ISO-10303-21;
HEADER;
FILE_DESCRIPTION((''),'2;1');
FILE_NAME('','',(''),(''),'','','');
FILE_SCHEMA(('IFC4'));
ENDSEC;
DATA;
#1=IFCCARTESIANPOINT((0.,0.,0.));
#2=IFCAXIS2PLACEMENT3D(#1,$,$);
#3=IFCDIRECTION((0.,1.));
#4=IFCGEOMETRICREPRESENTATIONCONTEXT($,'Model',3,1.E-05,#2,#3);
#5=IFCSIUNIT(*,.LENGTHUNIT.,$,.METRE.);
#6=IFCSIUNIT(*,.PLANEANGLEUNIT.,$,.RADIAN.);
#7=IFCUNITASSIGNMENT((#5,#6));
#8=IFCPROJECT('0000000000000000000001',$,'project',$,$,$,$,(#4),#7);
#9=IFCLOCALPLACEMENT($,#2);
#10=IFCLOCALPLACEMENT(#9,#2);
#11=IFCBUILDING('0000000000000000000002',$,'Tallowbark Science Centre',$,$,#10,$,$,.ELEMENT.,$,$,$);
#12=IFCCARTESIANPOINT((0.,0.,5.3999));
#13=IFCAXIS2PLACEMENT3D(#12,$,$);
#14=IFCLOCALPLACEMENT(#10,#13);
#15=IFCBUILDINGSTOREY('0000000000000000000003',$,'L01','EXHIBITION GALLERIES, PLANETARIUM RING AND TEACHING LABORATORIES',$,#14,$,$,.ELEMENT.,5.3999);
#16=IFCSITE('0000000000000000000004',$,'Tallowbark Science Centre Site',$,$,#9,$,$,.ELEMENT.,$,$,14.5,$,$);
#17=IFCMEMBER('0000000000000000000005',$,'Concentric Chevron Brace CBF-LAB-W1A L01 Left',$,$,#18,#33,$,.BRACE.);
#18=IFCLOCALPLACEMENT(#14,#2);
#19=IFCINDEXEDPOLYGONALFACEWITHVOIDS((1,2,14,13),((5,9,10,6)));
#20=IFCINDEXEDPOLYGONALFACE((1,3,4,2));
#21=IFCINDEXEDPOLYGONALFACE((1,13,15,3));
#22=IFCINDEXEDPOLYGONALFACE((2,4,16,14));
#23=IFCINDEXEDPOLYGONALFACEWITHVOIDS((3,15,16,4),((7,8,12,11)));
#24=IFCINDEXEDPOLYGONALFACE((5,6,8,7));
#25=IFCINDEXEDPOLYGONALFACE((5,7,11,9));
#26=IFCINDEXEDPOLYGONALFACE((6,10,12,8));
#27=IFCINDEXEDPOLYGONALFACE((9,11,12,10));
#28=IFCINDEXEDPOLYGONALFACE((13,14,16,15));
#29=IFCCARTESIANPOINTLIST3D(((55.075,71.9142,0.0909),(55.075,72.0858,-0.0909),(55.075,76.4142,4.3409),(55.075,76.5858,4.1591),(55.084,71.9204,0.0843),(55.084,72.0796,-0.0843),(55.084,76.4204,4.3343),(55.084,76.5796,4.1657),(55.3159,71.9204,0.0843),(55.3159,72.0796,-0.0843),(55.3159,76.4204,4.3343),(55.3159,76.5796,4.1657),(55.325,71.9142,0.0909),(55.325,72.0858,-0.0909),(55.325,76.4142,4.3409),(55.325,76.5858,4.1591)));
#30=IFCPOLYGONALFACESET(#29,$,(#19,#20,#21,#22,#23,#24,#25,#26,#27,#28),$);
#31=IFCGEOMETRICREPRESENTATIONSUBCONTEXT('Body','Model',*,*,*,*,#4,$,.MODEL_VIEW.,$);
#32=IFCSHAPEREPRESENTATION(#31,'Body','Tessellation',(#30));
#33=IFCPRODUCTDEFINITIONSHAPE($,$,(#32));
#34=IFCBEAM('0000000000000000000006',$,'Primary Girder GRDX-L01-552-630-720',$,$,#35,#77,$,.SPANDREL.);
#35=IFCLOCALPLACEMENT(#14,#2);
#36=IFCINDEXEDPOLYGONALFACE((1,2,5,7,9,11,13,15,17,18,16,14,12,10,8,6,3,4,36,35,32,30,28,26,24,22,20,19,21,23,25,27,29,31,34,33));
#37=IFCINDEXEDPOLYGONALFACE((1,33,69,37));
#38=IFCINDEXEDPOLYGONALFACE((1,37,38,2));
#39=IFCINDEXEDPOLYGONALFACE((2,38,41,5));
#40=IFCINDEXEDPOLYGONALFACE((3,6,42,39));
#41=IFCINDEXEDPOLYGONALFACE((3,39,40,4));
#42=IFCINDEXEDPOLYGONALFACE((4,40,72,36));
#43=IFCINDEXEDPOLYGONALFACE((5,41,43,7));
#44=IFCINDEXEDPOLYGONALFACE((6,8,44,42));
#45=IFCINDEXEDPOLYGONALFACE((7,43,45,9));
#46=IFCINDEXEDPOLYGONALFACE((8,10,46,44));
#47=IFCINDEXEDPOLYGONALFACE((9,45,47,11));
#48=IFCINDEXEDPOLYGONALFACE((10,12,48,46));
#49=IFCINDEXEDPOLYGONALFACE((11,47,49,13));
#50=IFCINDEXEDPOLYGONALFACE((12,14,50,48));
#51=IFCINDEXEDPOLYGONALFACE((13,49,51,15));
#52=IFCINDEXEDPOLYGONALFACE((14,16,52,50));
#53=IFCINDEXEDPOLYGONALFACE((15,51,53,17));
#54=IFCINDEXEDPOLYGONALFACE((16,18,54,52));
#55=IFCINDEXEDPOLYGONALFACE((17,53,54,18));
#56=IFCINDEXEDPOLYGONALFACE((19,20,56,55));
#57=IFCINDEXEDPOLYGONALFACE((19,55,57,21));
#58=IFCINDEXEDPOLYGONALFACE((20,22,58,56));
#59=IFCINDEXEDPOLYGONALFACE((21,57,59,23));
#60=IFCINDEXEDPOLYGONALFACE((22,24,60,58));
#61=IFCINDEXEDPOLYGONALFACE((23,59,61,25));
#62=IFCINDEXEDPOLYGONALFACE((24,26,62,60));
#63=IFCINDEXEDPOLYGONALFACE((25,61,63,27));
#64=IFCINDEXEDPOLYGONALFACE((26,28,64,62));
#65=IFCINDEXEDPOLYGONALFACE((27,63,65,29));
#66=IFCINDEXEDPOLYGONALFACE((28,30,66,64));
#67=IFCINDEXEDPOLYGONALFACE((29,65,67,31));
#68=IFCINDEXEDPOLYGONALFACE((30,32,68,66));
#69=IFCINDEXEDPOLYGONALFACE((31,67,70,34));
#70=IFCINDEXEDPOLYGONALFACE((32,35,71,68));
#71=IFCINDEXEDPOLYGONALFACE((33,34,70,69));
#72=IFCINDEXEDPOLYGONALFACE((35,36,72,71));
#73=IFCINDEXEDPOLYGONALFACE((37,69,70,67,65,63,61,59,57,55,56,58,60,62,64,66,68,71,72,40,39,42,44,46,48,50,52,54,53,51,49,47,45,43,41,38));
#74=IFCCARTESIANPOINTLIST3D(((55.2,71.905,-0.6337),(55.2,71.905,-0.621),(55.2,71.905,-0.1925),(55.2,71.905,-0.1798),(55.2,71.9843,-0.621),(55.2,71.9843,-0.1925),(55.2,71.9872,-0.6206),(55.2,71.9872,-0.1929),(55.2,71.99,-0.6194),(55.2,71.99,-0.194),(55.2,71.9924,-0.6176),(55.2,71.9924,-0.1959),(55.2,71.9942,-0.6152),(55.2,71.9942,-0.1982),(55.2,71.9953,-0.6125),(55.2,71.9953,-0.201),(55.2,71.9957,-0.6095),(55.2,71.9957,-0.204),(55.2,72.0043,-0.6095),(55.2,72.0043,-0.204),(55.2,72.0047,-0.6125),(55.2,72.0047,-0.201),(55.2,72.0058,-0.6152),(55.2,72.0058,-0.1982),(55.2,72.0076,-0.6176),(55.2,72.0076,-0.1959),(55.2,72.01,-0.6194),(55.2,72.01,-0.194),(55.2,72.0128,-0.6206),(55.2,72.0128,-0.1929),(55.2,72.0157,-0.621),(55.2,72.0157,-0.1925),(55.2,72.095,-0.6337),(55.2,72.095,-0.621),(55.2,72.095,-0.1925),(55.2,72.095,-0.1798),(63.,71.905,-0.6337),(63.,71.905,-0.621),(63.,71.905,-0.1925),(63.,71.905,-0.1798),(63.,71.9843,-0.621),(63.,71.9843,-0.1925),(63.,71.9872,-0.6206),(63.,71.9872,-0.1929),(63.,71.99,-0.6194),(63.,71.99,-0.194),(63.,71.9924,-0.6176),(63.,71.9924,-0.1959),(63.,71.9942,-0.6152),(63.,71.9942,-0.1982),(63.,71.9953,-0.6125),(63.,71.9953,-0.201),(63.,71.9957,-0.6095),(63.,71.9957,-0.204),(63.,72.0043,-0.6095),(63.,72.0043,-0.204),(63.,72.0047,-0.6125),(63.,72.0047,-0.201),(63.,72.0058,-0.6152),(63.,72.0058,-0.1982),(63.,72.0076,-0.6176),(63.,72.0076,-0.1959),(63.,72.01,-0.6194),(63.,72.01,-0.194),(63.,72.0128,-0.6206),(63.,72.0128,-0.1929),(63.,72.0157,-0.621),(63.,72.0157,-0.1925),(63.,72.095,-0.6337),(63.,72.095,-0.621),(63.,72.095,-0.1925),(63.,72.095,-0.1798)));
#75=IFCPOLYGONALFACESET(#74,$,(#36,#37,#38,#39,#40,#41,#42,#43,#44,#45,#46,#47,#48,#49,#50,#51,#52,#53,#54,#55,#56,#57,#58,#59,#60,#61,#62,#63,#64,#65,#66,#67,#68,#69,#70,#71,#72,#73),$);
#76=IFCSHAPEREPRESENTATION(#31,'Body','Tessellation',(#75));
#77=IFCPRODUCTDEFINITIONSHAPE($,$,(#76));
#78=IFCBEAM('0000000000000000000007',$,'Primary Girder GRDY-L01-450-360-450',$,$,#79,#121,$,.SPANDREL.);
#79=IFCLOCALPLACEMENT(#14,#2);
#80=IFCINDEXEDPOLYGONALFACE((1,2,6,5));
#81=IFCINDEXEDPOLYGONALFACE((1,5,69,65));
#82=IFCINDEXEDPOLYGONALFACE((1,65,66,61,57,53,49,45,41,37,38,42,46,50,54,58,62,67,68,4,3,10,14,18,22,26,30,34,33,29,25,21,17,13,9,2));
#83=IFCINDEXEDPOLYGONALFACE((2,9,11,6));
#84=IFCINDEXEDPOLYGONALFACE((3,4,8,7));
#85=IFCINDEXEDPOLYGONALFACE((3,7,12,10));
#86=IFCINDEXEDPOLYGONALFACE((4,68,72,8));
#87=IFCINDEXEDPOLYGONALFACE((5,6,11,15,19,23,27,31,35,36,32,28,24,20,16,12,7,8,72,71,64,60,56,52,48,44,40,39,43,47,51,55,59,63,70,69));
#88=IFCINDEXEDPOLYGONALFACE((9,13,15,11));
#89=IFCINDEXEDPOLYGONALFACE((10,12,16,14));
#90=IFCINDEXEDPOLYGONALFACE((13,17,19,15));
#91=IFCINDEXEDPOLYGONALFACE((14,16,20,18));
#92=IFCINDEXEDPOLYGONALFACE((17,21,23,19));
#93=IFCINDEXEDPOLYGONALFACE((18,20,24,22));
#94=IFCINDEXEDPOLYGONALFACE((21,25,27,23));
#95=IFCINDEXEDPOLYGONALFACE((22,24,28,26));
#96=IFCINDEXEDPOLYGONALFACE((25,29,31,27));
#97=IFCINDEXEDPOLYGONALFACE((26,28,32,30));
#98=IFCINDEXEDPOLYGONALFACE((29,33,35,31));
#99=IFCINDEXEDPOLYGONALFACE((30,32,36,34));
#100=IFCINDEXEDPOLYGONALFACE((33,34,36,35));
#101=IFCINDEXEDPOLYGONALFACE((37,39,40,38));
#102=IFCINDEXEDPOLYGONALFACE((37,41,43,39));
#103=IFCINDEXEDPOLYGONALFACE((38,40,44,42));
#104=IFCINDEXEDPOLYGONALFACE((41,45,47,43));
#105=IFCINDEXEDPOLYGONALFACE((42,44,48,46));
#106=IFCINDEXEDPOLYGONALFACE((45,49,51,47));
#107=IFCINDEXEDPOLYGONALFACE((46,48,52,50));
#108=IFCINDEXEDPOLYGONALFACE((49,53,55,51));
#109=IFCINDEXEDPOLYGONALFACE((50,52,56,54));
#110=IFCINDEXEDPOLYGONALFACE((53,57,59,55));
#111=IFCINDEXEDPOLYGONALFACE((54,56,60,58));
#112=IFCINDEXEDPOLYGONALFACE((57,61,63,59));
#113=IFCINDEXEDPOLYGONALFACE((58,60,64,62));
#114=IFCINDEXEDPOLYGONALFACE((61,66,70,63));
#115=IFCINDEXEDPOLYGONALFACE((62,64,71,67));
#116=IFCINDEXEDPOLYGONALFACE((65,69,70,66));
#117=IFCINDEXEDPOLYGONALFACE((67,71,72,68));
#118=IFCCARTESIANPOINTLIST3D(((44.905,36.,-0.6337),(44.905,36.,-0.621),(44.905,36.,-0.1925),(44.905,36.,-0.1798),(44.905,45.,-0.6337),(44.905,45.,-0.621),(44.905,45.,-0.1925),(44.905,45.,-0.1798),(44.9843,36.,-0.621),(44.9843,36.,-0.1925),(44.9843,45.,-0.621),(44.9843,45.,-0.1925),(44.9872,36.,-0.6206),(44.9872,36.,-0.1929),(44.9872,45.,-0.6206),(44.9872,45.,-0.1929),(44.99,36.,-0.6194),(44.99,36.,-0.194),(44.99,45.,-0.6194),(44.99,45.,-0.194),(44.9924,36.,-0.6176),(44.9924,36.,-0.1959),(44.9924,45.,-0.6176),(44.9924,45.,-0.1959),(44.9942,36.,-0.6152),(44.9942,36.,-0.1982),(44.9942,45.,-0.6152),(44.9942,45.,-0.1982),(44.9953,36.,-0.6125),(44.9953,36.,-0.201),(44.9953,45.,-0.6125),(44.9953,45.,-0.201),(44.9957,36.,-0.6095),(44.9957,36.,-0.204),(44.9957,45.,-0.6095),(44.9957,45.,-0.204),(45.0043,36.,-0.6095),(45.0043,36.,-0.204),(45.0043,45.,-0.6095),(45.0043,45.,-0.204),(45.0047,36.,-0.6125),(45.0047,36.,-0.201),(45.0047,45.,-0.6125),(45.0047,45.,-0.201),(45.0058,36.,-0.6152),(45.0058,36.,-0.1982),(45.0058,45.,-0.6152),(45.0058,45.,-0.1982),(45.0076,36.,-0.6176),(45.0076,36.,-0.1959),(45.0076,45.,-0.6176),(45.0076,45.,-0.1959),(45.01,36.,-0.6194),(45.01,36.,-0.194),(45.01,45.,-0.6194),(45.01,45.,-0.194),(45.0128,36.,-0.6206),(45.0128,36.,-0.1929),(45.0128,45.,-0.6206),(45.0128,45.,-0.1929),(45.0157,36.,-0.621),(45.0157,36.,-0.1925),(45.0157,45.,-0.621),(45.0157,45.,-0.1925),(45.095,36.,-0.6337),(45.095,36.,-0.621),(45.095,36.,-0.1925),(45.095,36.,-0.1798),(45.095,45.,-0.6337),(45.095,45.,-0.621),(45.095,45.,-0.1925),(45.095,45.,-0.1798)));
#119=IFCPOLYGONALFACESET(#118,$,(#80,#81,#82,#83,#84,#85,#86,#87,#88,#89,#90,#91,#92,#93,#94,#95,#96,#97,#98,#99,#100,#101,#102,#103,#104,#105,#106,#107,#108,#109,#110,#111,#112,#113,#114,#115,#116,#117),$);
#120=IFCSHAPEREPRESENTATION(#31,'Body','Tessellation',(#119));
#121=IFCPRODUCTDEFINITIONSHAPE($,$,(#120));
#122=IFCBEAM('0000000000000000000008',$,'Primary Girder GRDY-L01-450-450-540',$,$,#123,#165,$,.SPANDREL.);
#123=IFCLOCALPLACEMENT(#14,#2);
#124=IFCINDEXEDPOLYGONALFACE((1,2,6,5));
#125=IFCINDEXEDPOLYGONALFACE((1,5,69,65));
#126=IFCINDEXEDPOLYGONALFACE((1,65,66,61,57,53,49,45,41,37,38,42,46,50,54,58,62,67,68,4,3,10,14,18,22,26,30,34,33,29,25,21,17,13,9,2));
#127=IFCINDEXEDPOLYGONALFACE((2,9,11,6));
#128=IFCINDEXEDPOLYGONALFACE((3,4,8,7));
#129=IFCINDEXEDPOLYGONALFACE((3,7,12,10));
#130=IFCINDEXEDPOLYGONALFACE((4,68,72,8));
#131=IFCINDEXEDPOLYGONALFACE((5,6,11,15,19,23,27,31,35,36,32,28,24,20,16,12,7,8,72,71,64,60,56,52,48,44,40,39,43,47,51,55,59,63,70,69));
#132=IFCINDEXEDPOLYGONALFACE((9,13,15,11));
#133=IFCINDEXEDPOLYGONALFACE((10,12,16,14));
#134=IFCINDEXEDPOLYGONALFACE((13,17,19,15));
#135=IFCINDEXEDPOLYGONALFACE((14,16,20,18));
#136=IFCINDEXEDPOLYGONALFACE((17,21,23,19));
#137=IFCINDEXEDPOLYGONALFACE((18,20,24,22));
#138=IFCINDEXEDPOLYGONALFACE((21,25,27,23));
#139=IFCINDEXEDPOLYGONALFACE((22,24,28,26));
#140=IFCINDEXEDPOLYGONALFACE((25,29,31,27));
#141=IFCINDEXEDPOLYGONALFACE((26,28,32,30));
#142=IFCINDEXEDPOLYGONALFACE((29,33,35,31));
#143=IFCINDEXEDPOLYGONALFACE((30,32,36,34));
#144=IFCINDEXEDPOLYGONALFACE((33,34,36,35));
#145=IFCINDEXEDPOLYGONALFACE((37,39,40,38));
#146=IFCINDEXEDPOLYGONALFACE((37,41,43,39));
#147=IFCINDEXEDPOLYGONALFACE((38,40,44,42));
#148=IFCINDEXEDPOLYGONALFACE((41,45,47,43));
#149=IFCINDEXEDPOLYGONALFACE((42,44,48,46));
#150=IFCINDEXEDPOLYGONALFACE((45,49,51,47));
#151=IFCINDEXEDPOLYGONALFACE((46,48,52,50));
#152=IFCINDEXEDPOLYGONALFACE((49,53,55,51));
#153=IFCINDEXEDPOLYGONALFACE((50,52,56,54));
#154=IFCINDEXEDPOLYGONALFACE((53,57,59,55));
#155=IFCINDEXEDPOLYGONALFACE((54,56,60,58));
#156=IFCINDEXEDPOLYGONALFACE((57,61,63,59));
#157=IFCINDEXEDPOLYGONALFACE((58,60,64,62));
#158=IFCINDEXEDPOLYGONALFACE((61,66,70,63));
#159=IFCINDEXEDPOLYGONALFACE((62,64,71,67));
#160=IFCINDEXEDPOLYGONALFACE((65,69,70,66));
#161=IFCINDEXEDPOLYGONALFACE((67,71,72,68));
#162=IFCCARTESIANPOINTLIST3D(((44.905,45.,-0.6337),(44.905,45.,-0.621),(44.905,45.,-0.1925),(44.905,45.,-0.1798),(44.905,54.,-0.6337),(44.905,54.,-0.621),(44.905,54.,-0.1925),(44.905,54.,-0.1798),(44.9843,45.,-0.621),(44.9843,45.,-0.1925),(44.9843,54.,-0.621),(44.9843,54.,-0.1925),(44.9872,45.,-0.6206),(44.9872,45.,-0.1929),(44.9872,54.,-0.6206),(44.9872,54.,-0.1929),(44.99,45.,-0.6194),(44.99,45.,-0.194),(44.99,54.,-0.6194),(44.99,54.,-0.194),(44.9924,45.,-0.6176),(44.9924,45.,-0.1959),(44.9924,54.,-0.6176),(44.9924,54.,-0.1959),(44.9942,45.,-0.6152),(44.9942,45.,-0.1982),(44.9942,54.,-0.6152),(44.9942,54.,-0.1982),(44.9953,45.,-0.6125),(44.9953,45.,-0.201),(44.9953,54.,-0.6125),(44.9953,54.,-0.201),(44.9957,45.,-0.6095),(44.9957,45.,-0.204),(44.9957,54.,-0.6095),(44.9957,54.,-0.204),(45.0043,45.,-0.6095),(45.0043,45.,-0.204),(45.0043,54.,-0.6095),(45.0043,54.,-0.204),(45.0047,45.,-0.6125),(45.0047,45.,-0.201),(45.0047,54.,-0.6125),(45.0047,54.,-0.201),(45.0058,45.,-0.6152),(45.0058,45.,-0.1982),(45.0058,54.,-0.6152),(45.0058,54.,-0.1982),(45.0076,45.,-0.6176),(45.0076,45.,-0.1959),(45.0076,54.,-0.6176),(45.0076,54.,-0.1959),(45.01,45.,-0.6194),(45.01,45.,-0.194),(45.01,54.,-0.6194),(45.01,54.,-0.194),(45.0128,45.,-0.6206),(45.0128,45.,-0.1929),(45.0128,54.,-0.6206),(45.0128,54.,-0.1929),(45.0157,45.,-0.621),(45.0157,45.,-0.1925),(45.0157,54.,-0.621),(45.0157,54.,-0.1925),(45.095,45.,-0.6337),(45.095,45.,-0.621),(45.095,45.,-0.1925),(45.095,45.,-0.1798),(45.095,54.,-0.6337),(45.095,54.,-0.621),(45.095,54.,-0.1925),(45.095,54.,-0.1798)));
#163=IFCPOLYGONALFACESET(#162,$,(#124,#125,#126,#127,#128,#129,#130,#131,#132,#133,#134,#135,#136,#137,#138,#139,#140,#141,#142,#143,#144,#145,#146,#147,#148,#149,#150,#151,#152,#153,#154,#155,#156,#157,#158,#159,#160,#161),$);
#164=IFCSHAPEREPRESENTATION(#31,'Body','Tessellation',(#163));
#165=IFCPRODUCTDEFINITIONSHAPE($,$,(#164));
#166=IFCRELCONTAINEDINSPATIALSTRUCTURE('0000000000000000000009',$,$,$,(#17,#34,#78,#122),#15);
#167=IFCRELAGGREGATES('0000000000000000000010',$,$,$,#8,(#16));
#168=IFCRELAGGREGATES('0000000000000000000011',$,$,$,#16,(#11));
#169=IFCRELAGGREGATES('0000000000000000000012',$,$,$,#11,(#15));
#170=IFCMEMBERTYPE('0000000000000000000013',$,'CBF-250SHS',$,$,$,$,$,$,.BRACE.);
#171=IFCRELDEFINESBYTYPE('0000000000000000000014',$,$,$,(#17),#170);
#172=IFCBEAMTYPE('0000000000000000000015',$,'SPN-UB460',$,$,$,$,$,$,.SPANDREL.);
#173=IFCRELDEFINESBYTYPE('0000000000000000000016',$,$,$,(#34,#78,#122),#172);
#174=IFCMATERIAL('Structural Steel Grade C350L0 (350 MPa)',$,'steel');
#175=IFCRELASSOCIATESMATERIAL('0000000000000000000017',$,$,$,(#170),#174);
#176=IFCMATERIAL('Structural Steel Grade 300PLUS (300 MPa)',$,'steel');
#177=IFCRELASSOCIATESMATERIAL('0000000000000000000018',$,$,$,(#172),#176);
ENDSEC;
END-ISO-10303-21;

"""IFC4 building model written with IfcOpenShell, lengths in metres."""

from ifc_helpers import new_model, si_unit, direction, frame, origin, origin_2d, place, context, subcontext, project, spatial, hollow_rectangle, i_section, extrude, material, material_profile, profile_set, type_object, element, save


model = new_model("IFC4")

# Units and contexts
model_context = context("Model", 3, precision=1e-05, world=origin(), true_north=direction((0.0, 1.0)))
body_context = subcontext(model_context, "Body", "Model", "MODEL_VIEW")
ifc_project = project(units=[si_unit("LENGTHUNIT", "METRE"), si_unit("PLANEANGLEUNIT", "RADIAN")], contexts=[model_context])

# Site, building, storey
site_placement = place(None, origin())
site = spatial("IfcSite", under=ifc_project, at=site_placement, Name="Tallowbark Science Centre Site", CompositionType="ELEMENT", RefElevation=14.5)
building_placement = place(site_placement, origin())
building = spatial("IfcBuilding", under=site, at=building_placement, Name="Tallowbark Science Centre", CompositionType="ELEMENT")
storey_placement = place(building_placement, frame((0.0, 0.0, 5.3999)))
storey = spatial("IfcBuildingStorey", under=building, at=storey_placement, Name="L01", Description="EXHIBITION GALLERIES, PLANETARIUM RING AND TEACHING LABORATORIES", CompositionType="ELEMENT", Elevation=5.3999)

# Shared definitions
ifc_material_1 = material(Name="Structural Steel Grade 300PLUS (300 MPa)", Category="steel")

# Member
ifc_material_2 = material(Name="Structural Steel Grade C350L0 (350 MPa)", Category="steel")
ifc_material_profile_1 = material_profile(ifc_material_2, hollow_rectangle(XDim=0.25, YDim=0.25, WallThickness=0.009, at=origin_2d()), Name="250x250x9.0SHS")
ifc_profile_set_1 = profile_set([ifc_material_profile_1], Name="Structural Steel Grade C350L0 (350 MPa)")
member_type = type_object("IfcMemberType", Name="CBF-250SHS", PredefinedType="BRACE", material=ifc_profile_set_1)
member_placement = place(storey_placement, frame((55.2, 72.0, 0.0), z_axis=(0.0, 0.727013, 0.686624), x_axis=(-1.0, 0.0, 0.0)))
element("IfcMember", 1, at=member_placement, inside=storey, type_object=member_type, Name="Concentric Chevron Brace CBF-LAB-W1A L01 Left", PredefinedType="BRACE", context=body_context, shape_type="SweptSolid", body=[
    extrude(hollow_rectangle(XDim=0.25, YDim=0.25, WallThickness=0.009, at=origin_2d()), origin(), (0.0, 0.0, 1.0), 6.1897),
])

# Beams
ifc_material_profile_2 = material_profile(ifc_material_1, i_section(OverallWidth=0.1899, OverallDepth=0.4539, WebThickness=0.0085, FlangeThickness=0.0127, FilletRadius=0.0115, at=origin_2d()), Name="460UB67.1")
ifc_profile_set_2 = profile_set([ifc_material_profile_2], Name="Structural Steel Grade 300PLUS (300 MPa)")
beam_type_1 = type_object("IfcBeamType", Name="SPN-UB460", PredefinedType="SPANDREL", material=ifc_profile_set_2)
beam_1_placement = place(storey_placement, frame((55.2, 72.0, -0.4067), z_axis=(1.0, 0.0, 0.0), x_axis=(0.0, 1.0, 0.0)))
element("IfcBeam", 2, at=beam_1_placement, inside=storey, type_object=beam_type_1, Name="Primary Girder GRDX-L01-552-630-720", PredefinedType="SPANDREL", context=body_context, shape_type="SweptSolid", body=[
    extrude(i_section(OverallWidth=0.1899, OverallDepth=0.4539, WebThickness=0.0085, FlangeThickness=0.0127, FilletRadius=0.0115, at=origin_2d()), origin(), (0.0, 0.0, 1.0), 7.8),
])
for number, where, z_axis, x_axis, name in (
    (3, (45.0, 36.0, -0.4067), (0.0, 1.0, 0.0), (-1.0, 0.0, 0.0), "Primary Girder GRDY-L01-450-360-450"),
    (4, (45.0, 45.0, -0.4067), (0.0, 1.0, 0.0), (-1.0, 0.0, 0.0), "Primary Girder GRDY-L01-450-450-540"),
):
    element("IfcBeam", number, at=place(storey_placement, frame(where, z_axis=z_axis, x_axis=x_axis)), inside=storey, type_object=beam_type_1, Name=name, PredefinedType="SPANDREL", context=body_context, shape_type="SweptSolid", body=[
        extrude(i_section(OverallWidth=0.1899, OverallDepth=0.4539, WebThickness=0.0085, FlangeThickness=0.0127, FilletRadius=0.0115, at=origin_2d()), origin(), (0.0, 0.0, 1.0), 9.0),
    ])

save(model, "model.ifc")
